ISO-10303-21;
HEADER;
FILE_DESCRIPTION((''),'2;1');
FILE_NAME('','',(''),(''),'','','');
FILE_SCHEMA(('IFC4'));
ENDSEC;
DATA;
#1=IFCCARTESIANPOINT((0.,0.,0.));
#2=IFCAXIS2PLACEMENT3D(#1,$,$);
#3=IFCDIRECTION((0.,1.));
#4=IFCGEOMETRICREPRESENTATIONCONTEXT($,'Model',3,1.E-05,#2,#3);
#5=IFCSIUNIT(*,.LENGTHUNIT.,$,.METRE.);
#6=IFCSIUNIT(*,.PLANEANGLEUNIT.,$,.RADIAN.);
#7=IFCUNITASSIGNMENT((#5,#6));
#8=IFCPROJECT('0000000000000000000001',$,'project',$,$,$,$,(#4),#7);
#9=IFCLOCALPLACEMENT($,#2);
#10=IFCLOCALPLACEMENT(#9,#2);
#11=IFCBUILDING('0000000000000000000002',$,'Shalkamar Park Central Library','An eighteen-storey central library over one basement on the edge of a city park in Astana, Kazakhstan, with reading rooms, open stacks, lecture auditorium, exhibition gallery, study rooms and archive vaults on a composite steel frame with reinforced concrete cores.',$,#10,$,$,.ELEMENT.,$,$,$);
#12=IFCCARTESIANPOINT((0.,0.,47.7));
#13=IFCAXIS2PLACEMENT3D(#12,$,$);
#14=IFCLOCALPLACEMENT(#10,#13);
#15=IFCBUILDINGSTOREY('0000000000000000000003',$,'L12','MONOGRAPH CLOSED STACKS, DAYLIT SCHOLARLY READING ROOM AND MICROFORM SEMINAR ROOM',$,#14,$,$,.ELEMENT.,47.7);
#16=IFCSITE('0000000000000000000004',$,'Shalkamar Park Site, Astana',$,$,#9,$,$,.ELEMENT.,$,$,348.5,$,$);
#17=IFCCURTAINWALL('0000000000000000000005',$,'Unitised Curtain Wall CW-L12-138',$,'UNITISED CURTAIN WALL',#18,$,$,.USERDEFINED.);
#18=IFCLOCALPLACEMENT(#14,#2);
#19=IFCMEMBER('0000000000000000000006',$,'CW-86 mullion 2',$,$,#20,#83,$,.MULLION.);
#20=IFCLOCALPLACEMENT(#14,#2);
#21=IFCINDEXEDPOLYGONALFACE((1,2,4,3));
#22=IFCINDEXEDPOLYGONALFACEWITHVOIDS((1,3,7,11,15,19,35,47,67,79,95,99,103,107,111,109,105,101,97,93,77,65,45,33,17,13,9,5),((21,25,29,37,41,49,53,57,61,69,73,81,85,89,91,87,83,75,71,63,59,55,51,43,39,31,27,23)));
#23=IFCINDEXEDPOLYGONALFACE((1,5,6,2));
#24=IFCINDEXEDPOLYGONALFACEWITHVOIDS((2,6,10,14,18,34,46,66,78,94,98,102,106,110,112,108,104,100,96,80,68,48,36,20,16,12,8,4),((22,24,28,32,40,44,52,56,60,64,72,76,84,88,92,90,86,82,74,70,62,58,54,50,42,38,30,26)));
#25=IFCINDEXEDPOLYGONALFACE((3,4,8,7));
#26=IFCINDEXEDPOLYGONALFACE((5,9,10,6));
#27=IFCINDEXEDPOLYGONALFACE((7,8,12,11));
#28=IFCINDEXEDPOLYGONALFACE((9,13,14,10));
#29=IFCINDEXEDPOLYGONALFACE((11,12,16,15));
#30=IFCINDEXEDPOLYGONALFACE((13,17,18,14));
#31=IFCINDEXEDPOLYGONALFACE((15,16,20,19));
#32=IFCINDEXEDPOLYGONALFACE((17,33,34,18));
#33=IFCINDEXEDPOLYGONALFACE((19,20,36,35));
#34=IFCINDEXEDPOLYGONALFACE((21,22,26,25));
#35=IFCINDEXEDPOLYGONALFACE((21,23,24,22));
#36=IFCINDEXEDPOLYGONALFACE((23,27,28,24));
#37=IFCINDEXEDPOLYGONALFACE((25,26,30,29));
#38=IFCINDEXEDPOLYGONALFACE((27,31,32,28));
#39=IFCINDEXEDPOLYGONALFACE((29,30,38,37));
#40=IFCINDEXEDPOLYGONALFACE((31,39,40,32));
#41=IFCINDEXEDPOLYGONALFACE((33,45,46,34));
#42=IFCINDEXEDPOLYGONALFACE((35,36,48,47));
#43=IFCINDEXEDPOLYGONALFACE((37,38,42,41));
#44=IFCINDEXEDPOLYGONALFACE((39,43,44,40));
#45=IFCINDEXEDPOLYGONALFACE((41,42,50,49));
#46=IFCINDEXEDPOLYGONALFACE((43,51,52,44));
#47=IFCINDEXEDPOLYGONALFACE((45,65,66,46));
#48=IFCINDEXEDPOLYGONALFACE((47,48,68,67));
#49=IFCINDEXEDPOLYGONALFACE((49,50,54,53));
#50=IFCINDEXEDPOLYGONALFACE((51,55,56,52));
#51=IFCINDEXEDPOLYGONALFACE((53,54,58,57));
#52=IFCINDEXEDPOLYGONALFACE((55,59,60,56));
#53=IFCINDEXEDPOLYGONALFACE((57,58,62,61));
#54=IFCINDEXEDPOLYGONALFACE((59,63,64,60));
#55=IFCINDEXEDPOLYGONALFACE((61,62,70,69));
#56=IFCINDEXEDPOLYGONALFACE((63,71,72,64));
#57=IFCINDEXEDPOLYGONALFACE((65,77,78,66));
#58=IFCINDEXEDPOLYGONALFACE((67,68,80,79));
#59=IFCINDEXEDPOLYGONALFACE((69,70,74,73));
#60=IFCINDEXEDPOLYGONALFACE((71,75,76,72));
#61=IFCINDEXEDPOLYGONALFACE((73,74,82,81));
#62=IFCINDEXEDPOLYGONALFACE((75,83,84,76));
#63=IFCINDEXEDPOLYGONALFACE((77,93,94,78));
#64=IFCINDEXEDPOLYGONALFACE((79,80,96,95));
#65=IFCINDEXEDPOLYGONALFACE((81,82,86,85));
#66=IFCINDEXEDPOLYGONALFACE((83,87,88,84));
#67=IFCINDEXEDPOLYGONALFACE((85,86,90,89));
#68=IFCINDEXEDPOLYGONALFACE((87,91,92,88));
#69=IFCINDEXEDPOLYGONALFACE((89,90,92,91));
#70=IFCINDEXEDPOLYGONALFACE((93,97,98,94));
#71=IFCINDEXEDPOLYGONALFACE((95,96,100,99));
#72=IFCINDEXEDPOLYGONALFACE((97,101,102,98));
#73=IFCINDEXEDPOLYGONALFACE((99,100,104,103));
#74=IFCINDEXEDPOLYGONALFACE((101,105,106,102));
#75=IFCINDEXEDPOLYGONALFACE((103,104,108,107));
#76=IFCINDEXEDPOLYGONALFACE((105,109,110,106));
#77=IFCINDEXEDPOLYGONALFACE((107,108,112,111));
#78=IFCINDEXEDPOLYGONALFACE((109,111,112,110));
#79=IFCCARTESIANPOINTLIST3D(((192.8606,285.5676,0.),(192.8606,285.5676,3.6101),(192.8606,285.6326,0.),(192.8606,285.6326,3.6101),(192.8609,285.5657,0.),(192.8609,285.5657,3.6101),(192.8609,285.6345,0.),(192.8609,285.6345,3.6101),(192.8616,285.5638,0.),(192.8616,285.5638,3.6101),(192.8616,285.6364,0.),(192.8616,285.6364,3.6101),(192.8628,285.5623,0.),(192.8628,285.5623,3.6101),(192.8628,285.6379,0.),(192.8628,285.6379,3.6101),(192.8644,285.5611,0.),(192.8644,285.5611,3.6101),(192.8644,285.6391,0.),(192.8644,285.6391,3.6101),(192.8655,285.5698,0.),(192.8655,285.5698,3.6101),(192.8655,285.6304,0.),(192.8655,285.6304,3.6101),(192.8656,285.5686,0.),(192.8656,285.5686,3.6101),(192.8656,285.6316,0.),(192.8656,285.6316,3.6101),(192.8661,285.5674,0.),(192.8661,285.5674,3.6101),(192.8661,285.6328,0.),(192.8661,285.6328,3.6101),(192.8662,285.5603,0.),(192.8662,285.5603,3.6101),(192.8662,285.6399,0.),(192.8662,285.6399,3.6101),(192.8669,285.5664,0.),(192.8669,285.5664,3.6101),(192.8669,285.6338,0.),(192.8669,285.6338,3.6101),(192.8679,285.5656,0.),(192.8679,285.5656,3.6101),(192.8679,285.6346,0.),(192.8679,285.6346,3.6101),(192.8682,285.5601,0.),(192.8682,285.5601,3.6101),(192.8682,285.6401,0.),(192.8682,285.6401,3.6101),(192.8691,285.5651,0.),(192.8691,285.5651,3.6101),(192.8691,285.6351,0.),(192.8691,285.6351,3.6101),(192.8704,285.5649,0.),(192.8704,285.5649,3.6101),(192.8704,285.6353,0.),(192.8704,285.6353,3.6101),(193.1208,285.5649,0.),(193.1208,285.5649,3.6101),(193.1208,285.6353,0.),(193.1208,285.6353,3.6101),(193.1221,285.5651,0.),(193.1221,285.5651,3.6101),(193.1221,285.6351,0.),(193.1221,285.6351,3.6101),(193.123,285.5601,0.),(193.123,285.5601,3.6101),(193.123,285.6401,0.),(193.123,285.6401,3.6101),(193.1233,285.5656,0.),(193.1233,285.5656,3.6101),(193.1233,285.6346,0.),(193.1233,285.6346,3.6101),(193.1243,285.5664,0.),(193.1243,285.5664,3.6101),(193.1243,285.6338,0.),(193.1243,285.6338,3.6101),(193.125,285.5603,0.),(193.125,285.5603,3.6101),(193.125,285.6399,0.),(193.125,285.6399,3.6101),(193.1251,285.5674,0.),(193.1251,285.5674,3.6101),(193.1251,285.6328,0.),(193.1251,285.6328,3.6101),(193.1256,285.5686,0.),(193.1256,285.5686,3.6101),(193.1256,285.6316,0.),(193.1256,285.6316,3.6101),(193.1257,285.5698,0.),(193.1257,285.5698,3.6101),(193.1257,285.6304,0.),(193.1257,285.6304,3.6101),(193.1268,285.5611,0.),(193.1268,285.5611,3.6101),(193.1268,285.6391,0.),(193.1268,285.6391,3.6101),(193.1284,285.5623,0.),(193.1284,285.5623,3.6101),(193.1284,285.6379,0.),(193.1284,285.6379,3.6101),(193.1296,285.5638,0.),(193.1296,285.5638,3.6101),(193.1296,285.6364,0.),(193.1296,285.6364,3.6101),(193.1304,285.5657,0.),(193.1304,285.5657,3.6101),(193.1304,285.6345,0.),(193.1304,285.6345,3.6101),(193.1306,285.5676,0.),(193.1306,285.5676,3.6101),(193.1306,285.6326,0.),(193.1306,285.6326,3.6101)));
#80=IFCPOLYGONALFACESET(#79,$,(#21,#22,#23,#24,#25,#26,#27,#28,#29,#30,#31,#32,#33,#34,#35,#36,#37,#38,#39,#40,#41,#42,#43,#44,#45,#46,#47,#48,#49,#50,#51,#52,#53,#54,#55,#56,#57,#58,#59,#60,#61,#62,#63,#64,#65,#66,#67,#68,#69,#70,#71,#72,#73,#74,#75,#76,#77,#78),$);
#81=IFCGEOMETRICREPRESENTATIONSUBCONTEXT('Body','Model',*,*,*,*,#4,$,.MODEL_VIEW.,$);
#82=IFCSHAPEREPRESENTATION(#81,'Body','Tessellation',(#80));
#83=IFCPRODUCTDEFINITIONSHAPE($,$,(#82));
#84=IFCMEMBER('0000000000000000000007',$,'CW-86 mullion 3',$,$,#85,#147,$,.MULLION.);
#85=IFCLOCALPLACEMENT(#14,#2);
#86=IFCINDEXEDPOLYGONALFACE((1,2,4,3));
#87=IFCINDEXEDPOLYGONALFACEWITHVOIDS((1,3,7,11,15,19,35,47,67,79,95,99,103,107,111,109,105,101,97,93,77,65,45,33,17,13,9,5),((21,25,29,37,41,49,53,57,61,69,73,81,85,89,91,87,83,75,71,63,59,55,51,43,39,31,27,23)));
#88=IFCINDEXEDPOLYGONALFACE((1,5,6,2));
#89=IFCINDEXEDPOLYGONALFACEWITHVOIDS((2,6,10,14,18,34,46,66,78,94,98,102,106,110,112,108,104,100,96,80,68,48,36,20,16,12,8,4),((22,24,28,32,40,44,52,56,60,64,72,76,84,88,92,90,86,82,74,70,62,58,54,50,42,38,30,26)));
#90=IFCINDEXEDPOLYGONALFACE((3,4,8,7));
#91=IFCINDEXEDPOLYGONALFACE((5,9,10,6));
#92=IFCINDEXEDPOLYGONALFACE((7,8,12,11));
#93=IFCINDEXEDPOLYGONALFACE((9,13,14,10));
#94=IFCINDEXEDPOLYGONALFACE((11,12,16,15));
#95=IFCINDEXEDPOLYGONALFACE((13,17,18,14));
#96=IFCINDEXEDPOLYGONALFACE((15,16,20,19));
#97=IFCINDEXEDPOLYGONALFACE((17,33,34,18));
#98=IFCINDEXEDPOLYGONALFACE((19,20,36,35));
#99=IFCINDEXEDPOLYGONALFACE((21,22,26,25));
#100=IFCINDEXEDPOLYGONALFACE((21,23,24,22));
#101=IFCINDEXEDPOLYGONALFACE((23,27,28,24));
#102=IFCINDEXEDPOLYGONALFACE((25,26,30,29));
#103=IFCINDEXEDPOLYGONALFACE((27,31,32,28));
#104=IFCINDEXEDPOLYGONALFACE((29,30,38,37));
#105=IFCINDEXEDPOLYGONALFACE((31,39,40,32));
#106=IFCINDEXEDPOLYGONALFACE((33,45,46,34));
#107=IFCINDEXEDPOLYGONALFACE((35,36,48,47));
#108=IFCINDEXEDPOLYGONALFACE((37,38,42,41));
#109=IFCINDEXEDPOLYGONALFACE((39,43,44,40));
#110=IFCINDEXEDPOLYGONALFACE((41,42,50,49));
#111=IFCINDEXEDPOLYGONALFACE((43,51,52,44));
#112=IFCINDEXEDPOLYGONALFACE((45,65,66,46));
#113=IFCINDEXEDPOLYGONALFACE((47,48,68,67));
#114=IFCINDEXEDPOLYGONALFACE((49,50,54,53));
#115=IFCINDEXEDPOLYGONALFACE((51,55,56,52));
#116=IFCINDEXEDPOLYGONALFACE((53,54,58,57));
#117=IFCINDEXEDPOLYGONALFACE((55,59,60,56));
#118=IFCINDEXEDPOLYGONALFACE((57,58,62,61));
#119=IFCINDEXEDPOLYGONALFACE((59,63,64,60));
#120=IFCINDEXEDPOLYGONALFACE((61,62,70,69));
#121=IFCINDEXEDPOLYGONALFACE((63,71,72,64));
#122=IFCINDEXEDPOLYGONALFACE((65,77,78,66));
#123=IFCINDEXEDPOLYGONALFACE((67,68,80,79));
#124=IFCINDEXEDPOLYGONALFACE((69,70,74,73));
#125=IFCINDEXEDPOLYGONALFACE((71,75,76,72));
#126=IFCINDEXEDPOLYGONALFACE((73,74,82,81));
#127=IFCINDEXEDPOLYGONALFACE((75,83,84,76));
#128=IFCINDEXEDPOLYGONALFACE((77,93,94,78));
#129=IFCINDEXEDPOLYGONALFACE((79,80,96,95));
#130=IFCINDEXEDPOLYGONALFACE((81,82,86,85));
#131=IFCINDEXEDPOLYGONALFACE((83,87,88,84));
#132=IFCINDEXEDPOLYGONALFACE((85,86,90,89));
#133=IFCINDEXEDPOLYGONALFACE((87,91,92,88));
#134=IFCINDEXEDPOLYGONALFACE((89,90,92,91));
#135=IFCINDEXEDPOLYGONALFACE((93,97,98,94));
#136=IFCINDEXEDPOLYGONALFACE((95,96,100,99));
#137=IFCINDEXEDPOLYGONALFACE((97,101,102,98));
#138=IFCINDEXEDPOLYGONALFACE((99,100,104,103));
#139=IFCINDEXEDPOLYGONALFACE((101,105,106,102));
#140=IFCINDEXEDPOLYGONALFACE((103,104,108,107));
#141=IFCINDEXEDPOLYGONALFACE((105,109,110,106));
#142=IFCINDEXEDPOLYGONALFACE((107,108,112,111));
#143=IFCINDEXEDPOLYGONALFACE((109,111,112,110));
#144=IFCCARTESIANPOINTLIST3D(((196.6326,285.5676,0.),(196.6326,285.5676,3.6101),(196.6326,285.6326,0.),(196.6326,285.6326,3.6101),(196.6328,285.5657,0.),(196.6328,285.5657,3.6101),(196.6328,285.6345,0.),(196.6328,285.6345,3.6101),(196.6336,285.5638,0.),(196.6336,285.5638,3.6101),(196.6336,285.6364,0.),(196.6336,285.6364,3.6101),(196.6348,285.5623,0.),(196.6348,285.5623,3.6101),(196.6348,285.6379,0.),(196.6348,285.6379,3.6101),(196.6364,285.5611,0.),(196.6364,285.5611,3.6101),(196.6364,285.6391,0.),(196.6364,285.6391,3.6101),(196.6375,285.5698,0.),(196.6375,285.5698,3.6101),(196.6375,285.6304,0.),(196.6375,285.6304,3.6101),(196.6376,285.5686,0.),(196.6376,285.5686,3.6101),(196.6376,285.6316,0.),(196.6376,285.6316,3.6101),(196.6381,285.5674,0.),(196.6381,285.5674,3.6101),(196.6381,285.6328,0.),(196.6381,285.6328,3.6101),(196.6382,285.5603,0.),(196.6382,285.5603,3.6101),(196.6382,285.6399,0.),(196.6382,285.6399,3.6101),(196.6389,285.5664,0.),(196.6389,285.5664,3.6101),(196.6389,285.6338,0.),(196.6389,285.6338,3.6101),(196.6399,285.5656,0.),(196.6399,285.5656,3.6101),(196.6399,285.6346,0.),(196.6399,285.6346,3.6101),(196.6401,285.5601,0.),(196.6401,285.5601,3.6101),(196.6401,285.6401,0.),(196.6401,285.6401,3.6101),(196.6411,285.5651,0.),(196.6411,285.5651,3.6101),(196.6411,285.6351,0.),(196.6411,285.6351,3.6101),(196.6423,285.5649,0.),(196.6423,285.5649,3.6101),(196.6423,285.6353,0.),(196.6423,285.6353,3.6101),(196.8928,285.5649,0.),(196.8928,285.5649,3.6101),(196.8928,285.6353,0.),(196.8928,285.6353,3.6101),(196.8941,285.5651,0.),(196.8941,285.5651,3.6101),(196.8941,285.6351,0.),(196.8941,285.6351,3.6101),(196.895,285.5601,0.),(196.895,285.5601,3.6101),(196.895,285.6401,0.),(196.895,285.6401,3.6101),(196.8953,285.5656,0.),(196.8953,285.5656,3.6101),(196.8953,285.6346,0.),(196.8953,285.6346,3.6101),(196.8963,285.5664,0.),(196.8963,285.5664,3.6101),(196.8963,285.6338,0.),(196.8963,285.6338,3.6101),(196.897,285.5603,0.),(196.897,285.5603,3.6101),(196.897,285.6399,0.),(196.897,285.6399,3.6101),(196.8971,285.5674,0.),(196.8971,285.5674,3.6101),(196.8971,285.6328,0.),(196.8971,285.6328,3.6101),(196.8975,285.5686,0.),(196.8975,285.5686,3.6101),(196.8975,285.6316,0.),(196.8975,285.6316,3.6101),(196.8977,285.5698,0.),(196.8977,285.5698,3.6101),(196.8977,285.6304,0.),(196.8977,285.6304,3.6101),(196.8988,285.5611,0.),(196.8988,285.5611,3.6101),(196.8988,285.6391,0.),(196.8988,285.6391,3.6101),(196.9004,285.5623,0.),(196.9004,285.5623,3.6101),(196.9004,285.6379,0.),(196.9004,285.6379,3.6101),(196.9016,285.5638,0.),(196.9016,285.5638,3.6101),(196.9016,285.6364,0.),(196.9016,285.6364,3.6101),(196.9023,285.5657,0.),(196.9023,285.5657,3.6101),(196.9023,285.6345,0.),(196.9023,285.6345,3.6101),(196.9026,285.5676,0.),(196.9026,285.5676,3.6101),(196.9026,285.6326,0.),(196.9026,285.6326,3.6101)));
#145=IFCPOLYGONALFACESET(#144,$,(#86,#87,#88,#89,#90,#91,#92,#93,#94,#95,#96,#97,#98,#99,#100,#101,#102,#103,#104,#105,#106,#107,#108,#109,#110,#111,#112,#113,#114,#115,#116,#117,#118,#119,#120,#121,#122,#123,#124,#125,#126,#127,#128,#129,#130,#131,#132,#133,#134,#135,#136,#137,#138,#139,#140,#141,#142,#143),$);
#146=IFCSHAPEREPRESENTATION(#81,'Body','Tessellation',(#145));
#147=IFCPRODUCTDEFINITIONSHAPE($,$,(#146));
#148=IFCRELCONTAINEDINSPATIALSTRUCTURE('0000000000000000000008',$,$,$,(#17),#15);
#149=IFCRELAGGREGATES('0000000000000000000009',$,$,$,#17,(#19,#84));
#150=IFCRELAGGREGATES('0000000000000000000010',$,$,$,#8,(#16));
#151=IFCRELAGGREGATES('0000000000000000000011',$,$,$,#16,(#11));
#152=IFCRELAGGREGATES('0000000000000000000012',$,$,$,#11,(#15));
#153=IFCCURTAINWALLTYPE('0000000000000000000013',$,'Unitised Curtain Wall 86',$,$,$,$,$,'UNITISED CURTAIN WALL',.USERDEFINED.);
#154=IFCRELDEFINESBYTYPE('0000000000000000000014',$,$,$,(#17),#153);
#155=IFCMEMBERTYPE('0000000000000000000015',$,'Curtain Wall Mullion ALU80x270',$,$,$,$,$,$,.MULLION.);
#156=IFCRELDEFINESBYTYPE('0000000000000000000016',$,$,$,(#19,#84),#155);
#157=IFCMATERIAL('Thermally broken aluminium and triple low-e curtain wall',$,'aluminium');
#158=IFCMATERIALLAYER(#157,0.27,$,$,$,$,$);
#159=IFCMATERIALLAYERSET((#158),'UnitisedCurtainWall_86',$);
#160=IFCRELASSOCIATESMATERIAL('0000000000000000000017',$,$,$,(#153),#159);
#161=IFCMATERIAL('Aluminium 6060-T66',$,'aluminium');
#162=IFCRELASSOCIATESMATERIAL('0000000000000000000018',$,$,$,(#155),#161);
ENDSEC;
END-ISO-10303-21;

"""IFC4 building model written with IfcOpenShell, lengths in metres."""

from ifc_helpers import new_model, si_unit, direction, frame, origin, origin_2d, place, context, subcontext, project, spatial, hollow_rectangle, extrude, material, layer, layer_set, material_profile, profile_set, type_object, element, aggregate, save


model = new_model("IFC4")

# Units and contexts
model_context = context("Model", 3, precision=1e-05, world=origin(), true_north=direction((0.0, 1.0)))
body_context = subcontext(model_context, "Body", "Model", "MODEL_VIEW")
ifc_project = project(units=[si_unit("LENGTHUNIT", "METRE"), si_unit("PLANEANGLEUNIT", "RADIAN")], contexts=[model_context])

# Site, building, storey
site_placement = place(None, origin())
site = spatial("IfcSite", under=ifc_project, at=site_placement, Name="Shalkamar Park Site, Astana", CompositionType="ELEMENT", RefElevation=348.5)
building_placement = place(site_placement, origin())
building = spatial("IfcBuilding", under=site, at=building_placement, Name="Shalkamar Park Central Library", Description="An eighteen-storey central library over one basement on the edge of a city park in Astana, Kazakhstan, with reading rooms, open stacks, lecture auditorium, exhibition gallery, study rooms and archive vaults on a composite steel frame with reinforced concrete cores.", CompositionType="ELEMENT")
storey_placement = place(building_placement, frame((0.0, 0.0, 47.7)))
storey = spatial("IfcBuildingStorey", under=building, at=storey_placement, Name="L12", Description="MONOGRAPH CLOSED STACKS, DAYLIT SCHOLARLY READING ROOM AND MICROFORM SEMINAR ROOM", CompositionType="ELEMENT", Elevation=47.7)

# Curtain wall, members
ifc_material_1 = material(Name="Thermally broken aluminium and triple low-e curtain wall", Category="aluminium")
ifc_layer_1 = layer(ifc_material_1, 0.27)
ifc_layer_set_1 = layer_set([ifc_layer_1], Name="UnitisedCurtainWall_86")
curtain_wall_type = type_object("IfcCurtainWallType", Name="Unitised Curtain Wall 86", ElementType="UNITISED CURTAIN WALL", PredefinedType="USERDEFINED", material=ifc_layer_set_1)
curtain_wall_placement = place(storey_placement, origin())
curtain_wall = element("IfcCurtainWall", 1, at=curtain_wall_placement, inside=storey, type_object=curtain_wall_type, Name="Unitised Curtain Wall CW-L12-138", ObjectType="UNITISED CURTAIN WALL", PredefinedType="USERDEFINED")
ifc_material_2 = material(Name="Aluminium 6060-T66", Category="aluminium")
ifc_material_profile_1 = material_profile(ifc_material_2, hollow_rectangle(XDim=0.0801, YDim=0.27, WallThickness=0.0049, InnerFilletRadius=0.0049, OuterFilletRadius=0.0076, at=origin_2d()), Name="ALU 80x270x5")
ifc_profile_set_1 = profile_set([ifc_material_profile_1], Name="Aluminium 6060-T66")
member_type_1 = type_object("IfcMemberType", Name="Curtain Wall Mullion ALU80x270", PredefinedType="MULLION", material=ifc_profile_set_1)
member_1_placement = place(storey_placement, frame((192.9956, 285.6001, 0.0), z_axis=(0.0, 0.0, 1.0), x_axis=(0.0, 1.0, 0.0)))
member_1 = element("IfcMember", 2, at=member_1_placement, type_object=member_type_1, Name="CW-86 mullion 2", PredefinedType="MULLION", context=body_context, shape_type="SweptSolid", body=[
    extrude(hollow_rectangle(XDim=0.0801, YDim=0.27, WallThickness=0.0049, InnerFilletRadius=0.0049, OuterFilletRadius=0.0076, at=origin_2d()), origin(), (0.0, 0.0, 1.0), 3.6101),
])
member_2_placement = place(storey_placement, frame((196.7676, 285.6001, 0.0), z_axis=(0.0, 0.0, 1.0), x_axis=(0.0, 1.0, 0.0)))
member_2 = element("IfcMember", 3, at=member_2_placement, type_object=member_type_1, Name="CW-86 mullion 3", PredefinedType="MULLION", context=body_context, shape_type="SweptSolid", body=[
    extrude(hollow_rectangle(XDim=0.0801, YDim=0.27, WallThickness=0.0049, InnerFilletRadius=0.0049, OuterFilletRadius=0.0076, at=origin_2d()), origin(), (0.0, 0.0, 1.0), 3.6101),
])

aggregate(curtain_wall, [member_1, member_2])

save(model, "model.ifc")
